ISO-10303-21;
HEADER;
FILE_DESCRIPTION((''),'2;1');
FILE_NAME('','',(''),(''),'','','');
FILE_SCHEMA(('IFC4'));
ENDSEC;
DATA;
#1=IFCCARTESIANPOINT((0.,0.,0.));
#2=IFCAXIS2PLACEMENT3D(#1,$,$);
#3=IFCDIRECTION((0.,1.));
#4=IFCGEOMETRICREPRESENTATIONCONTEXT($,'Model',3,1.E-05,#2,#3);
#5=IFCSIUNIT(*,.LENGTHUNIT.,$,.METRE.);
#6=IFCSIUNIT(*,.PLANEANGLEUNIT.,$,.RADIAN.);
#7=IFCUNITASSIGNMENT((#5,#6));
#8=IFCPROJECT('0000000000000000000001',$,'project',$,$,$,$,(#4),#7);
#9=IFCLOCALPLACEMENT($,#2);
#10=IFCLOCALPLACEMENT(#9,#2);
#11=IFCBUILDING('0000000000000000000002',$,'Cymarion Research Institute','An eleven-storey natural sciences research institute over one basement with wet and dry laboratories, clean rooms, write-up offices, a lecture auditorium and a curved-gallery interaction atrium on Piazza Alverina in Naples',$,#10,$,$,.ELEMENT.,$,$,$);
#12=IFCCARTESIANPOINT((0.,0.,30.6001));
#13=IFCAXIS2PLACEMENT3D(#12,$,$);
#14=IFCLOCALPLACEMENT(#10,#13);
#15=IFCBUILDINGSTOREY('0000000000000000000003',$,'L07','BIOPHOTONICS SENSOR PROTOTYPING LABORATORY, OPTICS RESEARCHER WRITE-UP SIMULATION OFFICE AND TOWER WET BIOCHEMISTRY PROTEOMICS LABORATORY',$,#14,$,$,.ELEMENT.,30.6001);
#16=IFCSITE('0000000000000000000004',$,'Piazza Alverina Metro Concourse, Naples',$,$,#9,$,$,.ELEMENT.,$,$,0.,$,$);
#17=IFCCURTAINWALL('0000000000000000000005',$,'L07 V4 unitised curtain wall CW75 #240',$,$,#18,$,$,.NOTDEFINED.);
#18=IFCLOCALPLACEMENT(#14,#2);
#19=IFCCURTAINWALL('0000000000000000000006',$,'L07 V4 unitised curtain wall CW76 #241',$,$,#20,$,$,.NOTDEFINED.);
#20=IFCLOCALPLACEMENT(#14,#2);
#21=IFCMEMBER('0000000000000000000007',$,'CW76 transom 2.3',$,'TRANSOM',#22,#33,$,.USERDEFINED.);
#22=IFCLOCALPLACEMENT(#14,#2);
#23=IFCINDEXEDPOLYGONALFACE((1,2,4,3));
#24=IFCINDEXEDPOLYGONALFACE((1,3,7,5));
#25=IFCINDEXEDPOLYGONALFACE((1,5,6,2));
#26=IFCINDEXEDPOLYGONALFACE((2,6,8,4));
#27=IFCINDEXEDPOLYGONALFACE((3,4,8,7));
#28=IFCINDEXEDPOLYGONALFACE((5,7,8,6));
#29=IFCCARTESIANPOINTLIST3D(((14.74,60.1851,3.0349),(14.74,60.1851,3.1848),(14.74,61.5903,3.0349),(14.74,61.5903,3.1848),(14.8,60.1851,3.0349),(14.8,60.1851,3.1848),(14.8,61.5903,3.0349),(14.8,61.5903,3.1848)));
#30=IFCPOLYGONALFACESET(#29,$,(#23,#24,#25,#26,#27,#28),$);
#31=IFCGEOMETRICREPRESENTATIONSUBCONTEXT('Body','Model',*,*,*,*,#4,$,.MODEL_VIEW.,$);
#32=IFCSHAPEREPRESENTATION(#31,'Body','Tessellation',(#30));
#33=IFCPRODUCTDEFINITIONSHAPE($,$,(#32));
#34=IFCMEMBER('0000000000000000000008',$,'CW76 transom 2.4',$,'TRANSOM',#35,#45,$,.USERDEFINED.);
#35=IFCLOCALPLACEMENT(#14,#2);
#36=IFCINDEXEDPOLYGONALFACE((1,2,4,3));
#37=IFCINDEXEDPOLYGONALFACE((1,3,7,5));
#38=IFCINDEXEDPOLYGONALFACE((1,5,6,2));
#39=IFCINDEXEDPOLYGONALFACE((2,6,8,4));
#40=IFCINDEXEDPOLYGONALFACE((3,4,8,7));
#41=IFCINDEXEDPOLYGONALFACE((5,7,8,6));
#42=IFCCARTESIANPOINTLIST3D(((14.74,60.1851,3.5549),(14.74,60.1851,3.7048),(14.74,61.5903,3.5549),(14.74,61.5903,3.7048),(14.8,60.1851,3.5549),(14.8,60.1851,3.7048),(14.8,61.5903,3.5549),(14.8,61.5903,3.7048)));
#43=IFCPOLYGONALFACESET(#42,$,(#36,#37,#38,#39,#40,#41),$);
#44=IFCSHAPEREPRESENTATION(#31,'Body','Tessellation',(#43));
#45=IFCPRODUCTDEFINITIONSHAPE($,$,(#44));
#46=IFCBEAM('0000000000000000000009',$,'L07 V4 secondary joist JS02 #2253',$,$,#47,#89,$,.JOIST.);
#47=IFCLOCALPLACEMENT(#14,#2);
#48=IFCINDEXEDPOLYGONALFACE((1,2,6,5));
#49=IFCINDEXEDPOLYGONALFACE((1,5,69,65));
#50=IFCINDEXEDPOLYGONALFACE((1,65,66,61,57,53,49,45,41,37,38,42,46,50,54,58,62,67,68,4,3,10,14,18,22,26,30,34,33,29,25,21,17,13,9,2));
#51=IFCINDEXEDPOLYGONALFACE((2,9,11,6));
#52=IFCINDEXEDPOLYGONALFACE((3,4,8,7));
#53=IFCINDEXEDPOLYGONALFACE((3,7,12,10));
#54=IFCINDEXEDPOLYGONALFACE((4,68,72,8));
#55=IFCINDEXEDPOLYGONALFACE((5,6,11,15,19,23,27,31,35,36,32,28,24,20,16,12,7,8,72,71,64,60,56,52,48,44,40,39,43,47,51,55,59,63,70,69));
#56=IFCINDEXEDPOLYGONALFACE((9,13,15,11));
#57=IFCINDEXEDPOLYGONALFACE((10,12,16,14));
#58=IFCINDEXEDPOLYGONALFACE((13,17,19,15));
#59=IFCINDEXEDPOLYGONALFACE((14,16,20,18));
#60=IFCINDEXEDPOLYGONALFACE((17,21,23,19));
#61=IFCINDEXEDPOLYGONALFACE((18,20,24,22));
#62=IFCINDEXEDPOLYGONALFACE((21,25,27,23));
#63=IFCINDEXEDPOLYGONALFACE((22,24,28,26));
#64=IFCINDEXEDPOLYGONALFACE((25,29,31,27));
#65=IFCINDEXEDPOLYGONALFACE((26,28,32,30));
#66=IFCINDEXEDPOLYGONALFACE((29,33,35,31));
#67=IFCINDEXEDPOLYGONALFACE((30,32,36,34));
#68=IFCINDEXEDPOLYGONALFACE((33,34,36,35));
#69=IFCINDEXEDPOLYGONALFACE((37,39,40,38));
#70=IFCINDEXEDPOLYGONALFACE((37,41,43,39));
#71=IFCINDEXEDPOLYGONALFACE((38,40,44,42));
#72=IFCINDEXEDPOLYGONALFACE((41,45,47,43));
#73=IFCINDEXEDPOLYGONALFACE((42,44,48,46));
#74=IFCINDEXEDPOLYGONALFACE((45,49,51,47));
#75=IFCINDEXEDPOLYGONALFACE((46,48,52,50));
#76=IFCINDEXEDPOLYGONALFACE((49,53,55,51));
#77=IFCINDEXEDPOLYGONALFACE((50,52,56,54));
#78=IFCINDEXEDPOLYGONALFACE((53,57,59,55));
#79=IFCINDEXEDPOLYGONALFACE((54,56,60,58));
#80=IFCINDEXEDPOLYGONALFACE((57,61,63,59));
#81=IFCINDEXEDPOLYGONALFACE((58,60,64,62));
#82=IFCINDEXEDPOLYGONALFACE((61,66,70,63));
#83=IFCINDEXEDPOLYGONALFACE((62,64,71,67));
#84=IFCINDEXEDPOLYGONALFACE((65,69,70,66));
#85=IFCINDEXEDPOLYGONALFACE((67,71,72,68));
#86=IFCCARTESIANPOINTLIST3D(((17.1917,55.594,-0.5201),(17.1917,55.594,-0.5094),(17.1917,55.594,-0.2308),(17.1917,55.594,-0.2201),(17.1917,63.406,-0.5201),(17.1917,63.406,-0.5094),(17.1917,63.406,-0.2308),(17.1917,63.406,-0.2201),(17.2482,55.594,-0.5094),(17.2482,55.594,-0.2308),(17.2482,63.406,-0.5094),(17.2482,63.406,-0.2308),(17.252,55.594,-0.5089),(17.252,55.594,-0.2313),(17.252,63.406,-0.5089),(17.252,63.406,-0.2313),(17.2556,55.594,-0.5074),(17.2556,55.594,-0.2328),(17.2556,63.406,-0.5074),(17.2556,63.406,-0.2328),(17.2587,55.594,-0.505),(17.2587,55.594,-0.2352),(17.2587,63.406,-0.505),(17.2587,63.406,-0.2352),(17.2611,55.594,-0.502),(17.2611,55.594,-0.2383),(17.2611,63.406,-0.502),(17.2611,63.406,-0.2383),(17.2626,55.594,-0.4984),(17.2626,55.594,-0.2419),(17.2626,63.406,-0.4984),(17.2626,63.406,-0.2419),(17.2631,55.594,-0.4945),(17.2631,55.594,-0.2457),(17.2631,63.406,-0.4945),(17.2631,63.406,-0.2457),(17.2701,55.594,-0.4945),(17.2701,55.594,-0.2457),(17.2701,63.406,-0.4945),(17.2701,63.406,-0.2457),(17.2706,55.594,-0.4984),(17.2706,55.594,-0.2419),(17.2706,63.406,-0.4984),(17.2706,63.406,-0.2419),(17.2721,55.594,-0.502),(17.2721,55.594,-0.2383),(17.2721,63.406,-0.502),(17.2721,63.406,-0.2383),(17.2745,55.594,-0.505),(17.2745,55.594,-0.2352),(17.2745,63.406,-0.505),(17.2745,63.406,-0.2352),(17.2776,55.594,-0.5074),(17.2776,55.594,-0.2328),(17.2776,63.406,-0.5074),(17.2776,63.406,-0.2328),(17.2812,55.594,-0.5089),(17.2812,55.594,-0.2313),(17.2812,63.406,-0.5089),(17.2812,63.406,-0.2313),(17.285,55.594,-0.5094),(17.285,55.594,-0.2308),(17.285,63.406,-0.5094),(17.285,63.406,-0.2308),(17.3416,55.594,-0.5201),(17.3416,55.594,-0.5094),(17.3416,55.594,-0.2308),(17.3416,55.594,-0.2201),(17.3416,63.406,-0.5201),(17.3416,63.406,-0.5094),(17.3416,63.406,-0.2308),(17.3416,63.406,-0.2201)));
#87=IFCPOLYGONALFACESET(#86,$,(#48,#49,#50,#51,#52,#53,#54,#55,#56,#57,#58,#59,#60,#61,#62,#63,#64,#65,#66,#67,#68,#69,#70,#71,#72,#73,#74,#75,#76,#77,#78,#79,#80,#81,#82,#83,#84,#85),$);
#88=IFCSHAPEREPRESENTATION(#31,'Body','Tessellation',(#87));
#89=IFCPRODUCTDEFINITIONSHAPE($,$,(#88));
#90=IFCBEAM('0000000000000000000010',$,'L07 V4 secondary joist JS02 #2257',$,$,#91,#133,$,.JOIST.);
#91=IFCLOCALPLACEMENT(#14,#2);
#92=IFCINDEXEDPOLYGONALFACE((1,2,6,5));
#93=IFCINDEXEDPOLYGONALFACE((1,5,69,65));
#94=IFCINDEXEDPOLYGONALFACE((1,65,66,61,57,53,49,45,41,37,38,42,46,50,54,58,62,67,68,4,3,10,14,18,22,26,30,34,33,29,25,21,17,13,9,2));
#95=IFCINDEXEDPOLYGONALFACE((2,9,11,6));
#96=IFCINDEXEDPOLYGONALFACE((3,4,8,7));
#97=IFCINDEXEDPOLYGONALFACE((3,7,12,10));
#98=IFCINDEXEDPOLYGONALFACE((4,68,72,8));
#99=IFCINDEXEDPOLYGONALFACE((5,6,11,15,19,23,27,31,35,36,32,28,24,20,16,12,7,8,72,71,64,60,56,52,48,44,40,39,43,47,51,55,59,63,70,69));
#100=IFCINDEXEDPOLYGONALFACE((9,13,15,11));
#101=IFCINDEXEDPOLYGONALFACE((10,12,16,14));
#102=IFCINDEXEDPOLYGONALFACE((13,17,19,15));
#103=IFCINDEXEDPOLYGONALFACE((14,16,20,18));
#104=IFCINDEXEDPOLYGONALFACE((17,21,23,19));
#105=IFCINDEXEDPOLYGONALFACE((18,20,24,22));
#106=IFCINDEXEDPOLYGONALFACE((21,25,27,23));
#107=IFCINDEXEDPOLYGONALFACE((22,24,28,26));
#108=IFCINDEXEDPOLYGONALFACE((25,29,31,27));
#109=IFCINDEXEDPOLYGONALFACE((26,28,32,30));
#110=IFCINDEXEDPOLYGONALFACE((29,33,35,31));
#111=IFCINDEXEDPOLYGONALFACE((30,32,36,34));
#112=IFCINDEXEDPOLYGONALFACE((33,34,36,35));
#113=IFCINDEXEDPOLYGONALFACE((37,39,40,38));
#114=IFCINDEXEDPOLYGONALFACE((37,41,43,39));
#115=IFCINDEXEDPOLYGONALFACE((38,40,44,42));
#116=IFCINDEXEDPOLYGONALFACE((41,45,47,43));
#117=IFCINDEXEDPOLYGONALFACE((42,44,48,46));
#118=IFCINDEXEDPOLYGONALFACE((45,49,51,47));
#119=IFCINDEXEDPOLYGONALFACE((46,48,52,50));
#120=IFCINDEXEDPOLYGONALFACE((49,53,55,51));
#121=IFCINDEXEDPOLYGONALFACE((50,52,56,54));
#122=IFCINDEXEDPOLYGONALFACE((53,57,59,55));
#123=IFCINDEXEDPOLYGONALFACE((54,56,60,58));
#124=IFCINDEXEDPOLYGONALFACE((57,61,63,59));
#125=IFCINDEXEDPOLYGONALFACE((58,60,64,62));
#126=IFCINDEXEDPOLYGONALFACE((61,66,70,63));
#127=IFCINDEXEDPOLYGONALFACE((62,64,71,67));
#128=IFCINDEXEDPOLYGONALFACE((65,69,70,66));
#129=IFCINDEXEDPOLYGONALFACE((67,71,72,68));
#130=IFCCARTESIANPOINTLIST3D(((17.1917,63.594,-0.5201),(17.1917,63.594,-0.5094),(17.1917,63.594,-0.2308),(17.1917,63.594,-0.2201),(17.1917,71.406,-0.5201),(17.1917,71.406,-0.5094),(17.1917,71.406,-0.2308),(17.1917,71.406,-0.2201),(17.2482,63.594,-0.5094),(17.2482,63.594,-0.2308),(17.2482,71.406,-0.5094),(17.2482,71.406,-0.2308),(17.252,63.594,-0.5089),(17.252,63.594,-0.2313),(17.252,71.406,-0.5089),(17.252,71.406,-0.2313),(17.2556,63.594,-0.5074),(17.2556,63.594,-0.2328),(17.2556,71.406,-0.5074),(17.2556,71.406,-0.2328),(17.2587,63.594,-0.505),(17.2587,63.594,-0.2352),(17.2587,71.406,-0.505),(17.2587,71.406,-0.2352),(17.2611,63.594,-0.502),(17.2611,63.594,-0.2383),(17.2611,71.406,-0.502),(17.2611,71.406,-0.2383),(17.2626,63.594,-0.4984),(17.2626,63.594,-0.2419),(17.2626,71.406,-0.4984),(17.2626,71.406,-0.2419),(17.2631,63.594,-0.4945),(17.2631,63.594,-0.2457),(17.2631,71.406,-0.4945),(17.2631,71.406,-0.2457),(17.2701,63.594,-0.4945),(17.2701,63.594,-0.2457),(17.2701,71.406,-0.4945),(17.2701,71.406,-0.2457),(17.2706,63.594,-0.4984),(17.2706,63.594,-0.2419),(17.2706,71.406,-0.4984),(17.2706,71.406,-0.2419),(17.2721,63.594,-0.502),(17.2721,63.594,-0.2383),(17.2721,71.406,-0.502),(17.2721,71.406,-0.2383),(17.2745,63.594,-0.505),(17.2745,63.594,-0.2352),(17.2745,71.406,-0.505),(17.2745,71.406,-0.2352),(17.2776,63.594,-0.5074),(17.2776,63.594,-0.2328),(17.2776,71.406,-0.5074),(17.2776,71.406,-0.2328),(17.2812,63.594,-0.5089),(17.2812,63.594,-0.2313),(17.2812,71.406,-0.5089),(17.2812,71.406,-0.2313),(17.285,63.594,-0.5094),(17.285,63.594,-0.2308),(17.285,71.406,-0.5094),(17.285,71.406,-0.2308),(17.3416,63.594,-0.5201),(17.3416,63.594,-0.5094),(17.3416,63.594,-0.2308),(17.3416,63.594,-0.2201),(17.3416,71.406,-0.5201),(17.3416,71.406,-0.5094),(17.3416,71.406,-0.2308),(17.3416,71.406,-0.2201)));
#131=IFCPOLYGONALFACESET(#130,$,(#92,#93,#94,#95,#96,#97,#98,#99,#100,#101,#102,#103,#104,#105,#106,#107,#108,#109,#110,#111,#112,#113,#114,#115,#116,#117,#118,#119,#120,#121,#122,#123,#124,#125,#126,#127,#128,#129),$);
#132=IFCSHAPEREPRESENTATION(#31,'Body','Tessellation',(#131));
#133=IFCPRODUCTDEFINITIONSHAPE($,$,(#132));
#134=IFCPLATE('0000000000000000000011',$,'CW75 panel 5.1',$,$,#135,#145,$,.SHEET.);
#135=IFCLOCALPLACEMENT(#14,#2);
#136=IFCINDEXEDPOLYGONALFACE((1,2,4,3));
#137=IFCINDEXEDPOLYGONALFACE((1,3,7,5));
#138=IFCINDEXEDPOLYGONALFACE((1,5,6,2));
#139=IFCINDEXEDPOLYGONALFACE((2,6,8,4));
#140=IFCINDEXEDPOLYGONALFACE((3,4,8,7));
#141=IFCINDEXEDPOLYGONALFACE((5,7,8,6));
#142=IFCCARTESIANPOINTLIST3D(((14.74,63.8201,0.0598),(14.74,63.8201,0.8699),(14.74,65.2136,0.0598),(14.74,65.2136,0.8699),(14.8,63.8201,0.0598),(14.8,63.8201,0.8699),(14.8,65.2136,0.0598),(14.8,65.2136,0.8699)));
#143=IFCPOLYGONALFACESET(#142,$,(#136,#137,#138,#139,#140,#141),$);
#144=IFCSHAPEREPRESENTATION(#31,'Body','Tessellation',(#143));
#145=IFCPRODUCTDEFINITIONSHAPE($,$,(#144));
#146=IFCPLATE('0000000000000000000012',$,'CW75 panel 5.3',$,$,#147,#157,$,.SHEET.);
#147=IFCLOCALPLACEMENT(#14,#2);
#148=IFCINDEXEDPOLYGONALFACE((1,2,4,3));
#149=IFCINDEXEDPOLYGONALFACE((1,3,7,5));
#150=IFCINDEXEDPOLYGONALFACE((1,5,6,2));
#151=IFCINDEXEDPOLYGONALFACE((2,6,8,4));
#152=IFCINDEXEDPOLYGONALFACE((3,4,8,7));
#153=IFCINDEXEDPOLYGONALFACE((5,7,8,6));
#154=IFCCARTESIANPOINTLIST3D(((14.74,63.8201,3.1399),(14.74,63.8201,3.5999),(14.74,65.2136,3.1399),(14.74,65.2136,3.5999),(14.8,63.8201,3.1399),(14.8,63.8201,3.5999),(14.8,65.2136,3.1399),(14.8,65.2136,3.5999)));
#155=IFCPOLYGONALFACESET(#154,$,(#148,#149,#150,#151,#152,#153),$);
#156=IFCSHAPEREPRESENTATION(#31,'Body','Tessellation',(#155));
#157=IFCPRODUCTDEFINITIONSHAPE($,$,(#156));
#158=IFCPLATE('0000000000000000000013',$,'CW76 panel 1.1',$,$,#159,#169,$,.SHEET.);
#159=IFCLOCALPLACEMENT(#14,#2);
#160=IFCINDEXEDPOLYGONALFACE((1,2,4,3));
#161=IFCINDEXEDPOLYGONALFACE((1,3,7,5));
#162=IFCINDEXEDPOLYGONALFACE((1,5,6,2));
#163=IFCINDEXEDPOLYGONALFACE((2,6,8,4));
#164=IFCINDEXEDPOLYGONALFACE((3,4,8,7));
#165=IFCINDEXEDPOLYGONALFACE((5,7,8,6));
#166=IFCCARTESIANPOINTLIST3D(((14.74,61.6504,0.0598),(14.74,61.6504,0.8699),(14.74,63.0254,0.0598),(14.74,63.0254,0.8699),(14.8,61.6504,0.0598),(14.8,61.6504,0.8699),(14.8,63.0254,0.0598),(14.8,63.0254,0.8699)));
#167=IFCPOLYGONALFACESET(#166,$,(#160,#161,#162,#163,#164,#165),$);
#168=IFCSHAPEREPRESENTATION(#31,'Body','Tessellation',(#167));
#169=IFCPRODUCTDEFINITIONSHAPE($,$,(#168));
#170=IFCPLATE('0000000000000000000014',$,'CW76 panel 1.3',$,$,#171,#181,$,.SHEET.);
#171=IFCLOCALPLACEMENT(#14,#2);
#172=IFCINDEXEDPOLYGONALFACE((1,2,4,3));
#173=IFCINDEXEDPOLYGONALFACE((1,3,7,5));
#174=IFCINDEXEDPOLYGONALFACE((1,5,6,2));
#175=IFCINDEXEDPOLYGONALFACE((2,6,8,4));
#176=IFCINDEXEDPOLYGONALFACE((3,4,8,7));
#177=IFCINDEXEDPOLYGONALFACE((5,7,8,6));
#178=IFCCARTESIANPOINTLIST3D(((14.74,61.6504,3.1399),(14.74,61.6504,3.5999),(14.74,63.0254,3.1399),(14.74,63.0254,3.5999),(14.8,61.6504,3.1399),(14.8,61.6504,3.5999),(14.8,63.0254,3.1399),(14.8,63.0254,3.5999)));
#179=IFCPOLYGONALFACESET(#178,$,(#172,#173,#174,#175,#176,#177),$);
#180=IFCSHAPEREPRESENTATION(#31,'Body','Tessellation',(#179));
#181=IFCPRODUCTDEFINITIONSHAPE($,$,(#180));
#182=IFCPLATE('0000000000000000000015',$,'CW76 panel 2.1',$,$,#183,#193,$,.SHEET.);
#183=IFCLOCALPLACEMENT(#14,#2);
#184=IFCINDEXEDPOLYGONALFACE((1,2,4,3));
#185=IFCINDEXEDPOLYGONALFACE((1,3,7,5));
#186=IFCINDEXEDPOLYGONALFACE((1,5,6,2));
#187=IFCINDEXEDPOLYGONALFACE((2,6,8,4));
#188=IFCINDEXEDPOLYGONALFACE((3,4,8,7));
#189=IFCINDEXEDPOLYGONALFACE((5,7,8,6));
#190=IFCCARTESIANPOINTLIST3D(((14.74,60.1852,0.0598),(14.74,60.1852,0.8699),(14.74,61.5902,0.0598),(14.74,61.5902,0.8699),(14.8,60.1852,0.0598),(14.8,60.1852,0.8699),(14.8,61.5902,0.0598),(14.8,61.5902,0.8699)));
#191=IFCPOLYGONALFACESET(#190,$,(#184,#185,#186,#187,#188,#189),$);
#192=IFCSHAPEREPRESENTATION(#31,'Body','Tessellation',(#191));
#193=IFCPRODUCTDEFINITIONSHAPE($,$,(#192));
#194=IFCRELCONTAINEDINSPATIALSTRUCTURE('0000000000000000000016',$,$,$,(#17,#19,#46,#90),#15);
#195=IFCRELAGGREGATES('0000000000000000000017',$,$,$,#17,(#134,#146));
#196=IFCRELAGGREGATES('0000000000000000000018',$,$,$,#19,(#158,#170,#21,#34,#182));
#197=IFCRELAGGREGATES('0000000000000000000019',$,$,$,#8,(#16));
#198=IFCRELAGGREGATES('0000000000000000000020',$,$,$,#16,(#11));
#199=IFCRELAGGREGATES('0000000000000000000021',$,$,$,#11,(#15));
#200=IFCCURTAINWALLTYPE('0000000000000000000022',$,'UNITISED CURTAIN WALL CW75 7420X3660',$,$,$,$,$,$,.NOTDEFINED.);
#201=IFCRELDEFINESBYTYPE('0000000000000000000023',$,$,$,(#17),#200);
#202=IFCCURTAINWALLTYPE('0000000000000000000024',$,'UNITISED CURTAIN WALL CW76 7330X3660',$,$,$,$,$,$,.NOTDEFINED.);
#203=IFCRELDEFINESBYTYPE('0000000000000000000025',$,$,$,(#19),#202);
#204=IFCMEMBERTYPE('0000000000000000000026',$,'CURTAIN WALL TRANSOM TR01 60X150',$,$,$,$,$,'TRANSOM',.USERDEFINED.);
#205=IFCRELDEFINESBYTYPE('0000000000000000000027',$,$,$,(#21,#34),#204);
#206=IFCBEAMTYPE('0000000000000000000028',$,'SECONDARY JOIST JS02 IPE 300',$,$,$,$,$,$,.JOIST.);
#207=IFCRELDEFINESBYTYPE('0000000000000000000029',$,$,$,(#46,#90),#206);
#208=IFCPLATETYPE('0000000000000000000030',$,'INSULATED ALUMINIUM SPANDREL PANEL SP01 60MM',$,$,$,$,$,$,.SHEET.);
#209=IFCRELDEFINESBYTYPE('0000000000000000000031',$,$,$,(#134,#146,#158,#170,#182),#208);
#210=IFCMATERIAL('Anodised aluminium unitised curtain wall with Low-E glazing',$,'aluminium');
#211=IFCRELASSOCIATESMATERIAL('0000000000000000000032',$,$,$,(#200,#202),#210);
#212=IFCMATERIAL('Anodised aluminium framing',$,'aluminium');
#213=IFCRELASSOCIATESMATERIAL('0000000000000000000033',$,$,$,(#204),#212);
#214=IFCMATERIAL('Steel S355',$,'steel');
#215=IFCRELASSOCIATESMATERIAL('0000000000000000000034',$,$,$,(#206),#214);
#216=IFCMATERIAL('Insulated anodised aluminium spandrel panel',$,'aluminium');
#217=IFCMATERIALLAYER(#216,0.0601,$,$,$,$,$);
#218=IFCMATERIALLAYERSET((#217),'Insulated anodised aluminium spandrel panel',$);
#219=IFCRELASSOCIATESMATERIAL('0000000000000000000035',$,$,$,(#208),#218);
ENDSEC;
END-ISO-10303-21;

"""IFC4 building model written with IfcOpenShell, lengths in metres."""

from ifc_helpers import new_model, si_unit, direction, frame, origin, origin_2d, place, context, subcontext, project, spatial, rectangle, i_section, extrude, material, layer, layer_set, material_profile, profile_set, type_object, element, aggregate, save


model = new_model("IFC4")

# Units and contexts
model_context = context("Model", 3, precision=1e-05, world=origin(), true_north=direction((0.0, 1.0)))
body_context = subcontext(model_context, "Body", "Model", "MODEL_VIEW")
ifc_project = project(units=[si_unit("LENGTHUNIT", "METRE"), si_unit("PLANEANGLEUNIT", "RADIAN")], contexts=[model_context])

# Site, building, storey
site_placement = place(None, origin())
site = spatial("IfcSite", under=ifc_project, at=site_placement, Name="Piazza Alverina Metro Concourse, Naples", CompositionType="ELEMENT", RefElevation=0.0)
building_placement = place(site_placement, origin())
building = spatial("IfcBuilding", under=site, at=building_placement, Name="Cymarion Research Institute", Description="An eleven-storey natural sciences research institute over one basement with wet and dry laboratories, clean rooms, write-up offices, a lecture auditorium and a curved-gallery interaction atrium on Piazza Alverina in Naples", CompositionType="ELEMENT")
storey_placement = place(building_placement, frame((0.0, 0.0, 30.6001)))
storey = spatial("IfcBuildingStorey", under=building, at=storey_placement, Name="L07", Description="BIOPHOTONICS SENSOR PROTOTYPING LABORATORY, OPTICS RESEARCHER WRITE-UP SIMULATION OFFICE AND TOWER WET BIOCHEMISTRY PROTEOMICS LABORATORY", CompositionType="ELEMENT", Elevation=30.6001)

# Curtain walls
ifc_material_1 = material(Name="Anodised aluminium unitised curtain wall with Low-E glazing", Category="aluminium")
curtain_wall_type_1 = type_object("IfcCurtainWallType", Name="UNITISED CURTAIN WALL CW75 7420X3660", PredefinedType="NOTDEFINED", material=ifc_material_1)
curtain_wall_1_placement = place(storey_placement, origin())
curtain_wall_1 = element("IfcCurtainWall", 1, at=curtain_wall_1_placement, inside=storey, type_object=curtain_wall_type_1, Name="L07 V4 unitised curtain wall CW75 #240", PredefinedType="NOTDEFINED")
ifc_material_2 = material(Name="Anodised aluminium framing", Category="aluminium")
curtain_wall_type_2 = type_object("IfcCurtainWallType", Name="UNITISED CURTAIN WALL CW76 7330X3660", PredefinedType="NOTDEFINED", material=ifc_material_1)
curtain_wall_2_placement = place(storey_placement, origin())
curtain_wall_2 = element("IfcCurtainWall", 2, at=curtain_wall_2_placement, inside=storey, type_object=curtain_wall_type_2, Name="L07 V4 unitised curtain wall CW76 #241", PredefinedType="NOTDEFINED")

# Members
ifc_material_profile_1 = material_profile(ifc_material_2, rectangle(XDim=0.0601, YDim=0.1499, at=origin_2d()), Name="ALU TRANSOM 60x150")
ifc_profile_set_1 = profile_set([ifc_material_profile_1], Name="Anodised aluminium framing")
member_type_1 = type_object("IfcMemberType", Name="CURTAIN WALL TRANSOM TR01 60X150", ElementType="TRANSOM", PredefinedType="USERDEFINED", material=ifc_profile_set_1)
member_1_placement = place(storey_placement, frame((14.77, 61.5903, 3.1099), z_axis=(0.0, -1.0, 0.0), x_axis=(1.0, 0.0, 0.0)))
member_1 = element("IfcMember", 3, at=member_1_placement, type_object=member_type_1, Name="CW76 transom 2.3", ObjectType="TRANSOM", PredefinedType="USERDEFINED", context=body_context, shape_type="SweptSolid", body=[
    extrude(rectangle(XDim=0.0601, YDim=0.1499, at=origin_2d()), origin(), (0.0, 0.0, 1.0), 1.4053),
])
member_2_placement = place(storey_placement, frame((14.77, 61.5903, 3.6299), z_axis=(0.0, -1.0, 0.0), x_axis=(1.0, 0.0, 0.0)))
member_2 = element("IfcMember", 4, at=member_2_placement, type_object=member_type_1, Name="CW76 transom 2.4", ObjectType="TRANSOM", PredefinedType="USERDEFINED", context=body_context, shape_type="SweptSolid", body=[
    extrude(rectangle(XDim=0.0601, YDim=0.1499, at=origin_2d()), origin(), (0.0, 0.0, 1.0), 1.4053),
])

# Beams
ifc_material_3 = material(Name="Steel S355", Category="steel")
ifc_material_profile_2 = material_profile(ifc_material_3, i_section(OverallWidth=0.1499, OverallDepth=0.3, WebThickness=0.0071, FlangeThickness=0.0107, FilletRadius=0.0149, at=origin_2d()), Name="IPE 300")
ifc_profile_set_2 = profile_set([ifc_material_profile_2], Name="Steel S355")
beam_type = type_object("IfcBeamType", Name="SECONDARY JOIST JS02 IPE 300", PredefinedType="JOIST", material=ifc_profile_set_2)
for number, where, z_axis, x_axis, name in (
    (5, (17.2666, 55.594, -0.3701), (0.0, 1.0, 0.0), (-1.0, 0.0, 0.0), "L07 V4 secondary joist JS02 #2253"),
    (6, (17.2666, 63.594, -0.3701), (0.0, 1.0, 0.0), (-1.0, 0.0, 0.0), "L07 V4 secondary joist JS02 #2257"),
):
    element("IfcBeam", number, at=place(storey_placement, frame(where, z_axis=z_axis, x_axis=x_axis)), inside=storey, type_object=beam_type, Name=name, PredefinedType="JOIST", context=body_context, shape_type="SweptSolid", body=[
        extrude(i_section(OverallWidth=0.1499, OverallDepth=0.3, WebThickness=0.0071, FlangeThickness=0.0107, FilletRadius=0.0149, at=origin_2d()), origin(), (0.0, 0.0, 1.0), 7.812),
    ])

# Plates
ifc_material_4 = material(Name="Insulated anodised aluminium spandrel panel", Category="aluminium")
ifc_layer_1 = layer(ifc_material_4, 0.0601)
ifc_layer_set_1 = layer_set([ifc_layer_1], Name="Insulated anodised aluminium spandrel panel")
plate_type_1 = type_object("IfcPlateType", Name="INSULATED ALUMINIUM SPANDREL PANEL SP01 60MM", PredefinedType="SHEET", material=ifc_layer_set_1)
plate_1_placement = place(storey_placement, frame((14.77, 64.5168, 0.0598), z_axis=(0.0, 0.0, 1.0), x_axis=(0.0, -1.0, 0.0)))
plate_1 = element("IfcPlate", 7, at=plate_1_placement, type_object=plate_type_1, Name="CW75 panel 5.1", PredefinedType="SHEET", context=body_context, shape_type="SweptSolid", body=[
    extrude(rectangle(XDim=1.3936, YDim=0.0601, at=origin_2d()), origin(), (0.0, 0.0, 1.0), 0.8101),
])
plate_2_placement = place(storey_placement, frame((14.77, 64.5168, 3.1399), z_axis=(0.0, 0.0, 1.0), x_axis=(0.0, -1.0, 0.0)))
plate_2 = element("IfcPlate", 8, at=plate_2_placement, type_object=plate_type_1, Name="CW75 panel 5.3", PredefinedType="SHEET", context=body_context, shape_type="SweptSolid", body=[
    extrude(rectangle(XDim=1.3936, YDim=0.0601, at=origin_2d()), origin(), (0.0, 0.0, 1.0), 0.46),
])
plate_3_placement = place(storey_placement, frame((14.77, 62.3379, 0.0598), z_axis=(0.0, 0.0, 1.0), x_axis=(0.0, -1.0, 0.0)))
plate_3 = element("IfcPlate", 9, at=plate_3_placement, type_object=plate_type_1, Name="CW76 panel 1.1", PredefinedType="SHEET", context=body_context, shape_type="SweptSolid", body=[
    extrude(rectangle(XDim=1.375, YDim=0.0601, at=origin_2d()), origin(), (0.0, 0.0, 1.0), 0.8101),
])
plate_4_placement = place(storey_placement, frame((14.77, 62.3379, 3.1399), z_axis=(0.0, 0.0, 1.0), x_axis=(0.0, -1.0, 0.0)))
plate_4 = element("IfcPlate", 10, at=plate_4_placement, type_object=plate_type_1, Name="CW76 panel 1.3", PredefinedType="SHEET", context=body_context, shape_type="SweptSolid", body=[
    extrude(rectangle(XDim=1.375, YDim=0.0601, at=origin_2d()), origin(), (0.0, 0.0, 1.0), 0.46),
])
plate_5_placement = place(storey_placement, frame((14.77, 60.8877, 0.0598), z_axis=(0.0, 0.0, 1.0), x_axis=(0.0, -1.0, 0.0)))
plate_5 = element("IfcPlate", 11, at=plate_5_placement, type_object=plate_type_1, Name="CW76 panel 2.1", PredefinedType="SHEET", context=body_context, shape_type="SweptSolid", body=[
    extrude(rectangle(XDim=1.405, YDim=0.0601, at=origin_2d()), origin(), (0.0, 0.0, 1.0), 0.8101),
])
aggregate(curtain_wall_1, [plate_1, plate_2])
aggregate(curtain_wall_2, [plate_3, plate_4, member_1, member_2, plate_5])

save(model, "model.ifc")
